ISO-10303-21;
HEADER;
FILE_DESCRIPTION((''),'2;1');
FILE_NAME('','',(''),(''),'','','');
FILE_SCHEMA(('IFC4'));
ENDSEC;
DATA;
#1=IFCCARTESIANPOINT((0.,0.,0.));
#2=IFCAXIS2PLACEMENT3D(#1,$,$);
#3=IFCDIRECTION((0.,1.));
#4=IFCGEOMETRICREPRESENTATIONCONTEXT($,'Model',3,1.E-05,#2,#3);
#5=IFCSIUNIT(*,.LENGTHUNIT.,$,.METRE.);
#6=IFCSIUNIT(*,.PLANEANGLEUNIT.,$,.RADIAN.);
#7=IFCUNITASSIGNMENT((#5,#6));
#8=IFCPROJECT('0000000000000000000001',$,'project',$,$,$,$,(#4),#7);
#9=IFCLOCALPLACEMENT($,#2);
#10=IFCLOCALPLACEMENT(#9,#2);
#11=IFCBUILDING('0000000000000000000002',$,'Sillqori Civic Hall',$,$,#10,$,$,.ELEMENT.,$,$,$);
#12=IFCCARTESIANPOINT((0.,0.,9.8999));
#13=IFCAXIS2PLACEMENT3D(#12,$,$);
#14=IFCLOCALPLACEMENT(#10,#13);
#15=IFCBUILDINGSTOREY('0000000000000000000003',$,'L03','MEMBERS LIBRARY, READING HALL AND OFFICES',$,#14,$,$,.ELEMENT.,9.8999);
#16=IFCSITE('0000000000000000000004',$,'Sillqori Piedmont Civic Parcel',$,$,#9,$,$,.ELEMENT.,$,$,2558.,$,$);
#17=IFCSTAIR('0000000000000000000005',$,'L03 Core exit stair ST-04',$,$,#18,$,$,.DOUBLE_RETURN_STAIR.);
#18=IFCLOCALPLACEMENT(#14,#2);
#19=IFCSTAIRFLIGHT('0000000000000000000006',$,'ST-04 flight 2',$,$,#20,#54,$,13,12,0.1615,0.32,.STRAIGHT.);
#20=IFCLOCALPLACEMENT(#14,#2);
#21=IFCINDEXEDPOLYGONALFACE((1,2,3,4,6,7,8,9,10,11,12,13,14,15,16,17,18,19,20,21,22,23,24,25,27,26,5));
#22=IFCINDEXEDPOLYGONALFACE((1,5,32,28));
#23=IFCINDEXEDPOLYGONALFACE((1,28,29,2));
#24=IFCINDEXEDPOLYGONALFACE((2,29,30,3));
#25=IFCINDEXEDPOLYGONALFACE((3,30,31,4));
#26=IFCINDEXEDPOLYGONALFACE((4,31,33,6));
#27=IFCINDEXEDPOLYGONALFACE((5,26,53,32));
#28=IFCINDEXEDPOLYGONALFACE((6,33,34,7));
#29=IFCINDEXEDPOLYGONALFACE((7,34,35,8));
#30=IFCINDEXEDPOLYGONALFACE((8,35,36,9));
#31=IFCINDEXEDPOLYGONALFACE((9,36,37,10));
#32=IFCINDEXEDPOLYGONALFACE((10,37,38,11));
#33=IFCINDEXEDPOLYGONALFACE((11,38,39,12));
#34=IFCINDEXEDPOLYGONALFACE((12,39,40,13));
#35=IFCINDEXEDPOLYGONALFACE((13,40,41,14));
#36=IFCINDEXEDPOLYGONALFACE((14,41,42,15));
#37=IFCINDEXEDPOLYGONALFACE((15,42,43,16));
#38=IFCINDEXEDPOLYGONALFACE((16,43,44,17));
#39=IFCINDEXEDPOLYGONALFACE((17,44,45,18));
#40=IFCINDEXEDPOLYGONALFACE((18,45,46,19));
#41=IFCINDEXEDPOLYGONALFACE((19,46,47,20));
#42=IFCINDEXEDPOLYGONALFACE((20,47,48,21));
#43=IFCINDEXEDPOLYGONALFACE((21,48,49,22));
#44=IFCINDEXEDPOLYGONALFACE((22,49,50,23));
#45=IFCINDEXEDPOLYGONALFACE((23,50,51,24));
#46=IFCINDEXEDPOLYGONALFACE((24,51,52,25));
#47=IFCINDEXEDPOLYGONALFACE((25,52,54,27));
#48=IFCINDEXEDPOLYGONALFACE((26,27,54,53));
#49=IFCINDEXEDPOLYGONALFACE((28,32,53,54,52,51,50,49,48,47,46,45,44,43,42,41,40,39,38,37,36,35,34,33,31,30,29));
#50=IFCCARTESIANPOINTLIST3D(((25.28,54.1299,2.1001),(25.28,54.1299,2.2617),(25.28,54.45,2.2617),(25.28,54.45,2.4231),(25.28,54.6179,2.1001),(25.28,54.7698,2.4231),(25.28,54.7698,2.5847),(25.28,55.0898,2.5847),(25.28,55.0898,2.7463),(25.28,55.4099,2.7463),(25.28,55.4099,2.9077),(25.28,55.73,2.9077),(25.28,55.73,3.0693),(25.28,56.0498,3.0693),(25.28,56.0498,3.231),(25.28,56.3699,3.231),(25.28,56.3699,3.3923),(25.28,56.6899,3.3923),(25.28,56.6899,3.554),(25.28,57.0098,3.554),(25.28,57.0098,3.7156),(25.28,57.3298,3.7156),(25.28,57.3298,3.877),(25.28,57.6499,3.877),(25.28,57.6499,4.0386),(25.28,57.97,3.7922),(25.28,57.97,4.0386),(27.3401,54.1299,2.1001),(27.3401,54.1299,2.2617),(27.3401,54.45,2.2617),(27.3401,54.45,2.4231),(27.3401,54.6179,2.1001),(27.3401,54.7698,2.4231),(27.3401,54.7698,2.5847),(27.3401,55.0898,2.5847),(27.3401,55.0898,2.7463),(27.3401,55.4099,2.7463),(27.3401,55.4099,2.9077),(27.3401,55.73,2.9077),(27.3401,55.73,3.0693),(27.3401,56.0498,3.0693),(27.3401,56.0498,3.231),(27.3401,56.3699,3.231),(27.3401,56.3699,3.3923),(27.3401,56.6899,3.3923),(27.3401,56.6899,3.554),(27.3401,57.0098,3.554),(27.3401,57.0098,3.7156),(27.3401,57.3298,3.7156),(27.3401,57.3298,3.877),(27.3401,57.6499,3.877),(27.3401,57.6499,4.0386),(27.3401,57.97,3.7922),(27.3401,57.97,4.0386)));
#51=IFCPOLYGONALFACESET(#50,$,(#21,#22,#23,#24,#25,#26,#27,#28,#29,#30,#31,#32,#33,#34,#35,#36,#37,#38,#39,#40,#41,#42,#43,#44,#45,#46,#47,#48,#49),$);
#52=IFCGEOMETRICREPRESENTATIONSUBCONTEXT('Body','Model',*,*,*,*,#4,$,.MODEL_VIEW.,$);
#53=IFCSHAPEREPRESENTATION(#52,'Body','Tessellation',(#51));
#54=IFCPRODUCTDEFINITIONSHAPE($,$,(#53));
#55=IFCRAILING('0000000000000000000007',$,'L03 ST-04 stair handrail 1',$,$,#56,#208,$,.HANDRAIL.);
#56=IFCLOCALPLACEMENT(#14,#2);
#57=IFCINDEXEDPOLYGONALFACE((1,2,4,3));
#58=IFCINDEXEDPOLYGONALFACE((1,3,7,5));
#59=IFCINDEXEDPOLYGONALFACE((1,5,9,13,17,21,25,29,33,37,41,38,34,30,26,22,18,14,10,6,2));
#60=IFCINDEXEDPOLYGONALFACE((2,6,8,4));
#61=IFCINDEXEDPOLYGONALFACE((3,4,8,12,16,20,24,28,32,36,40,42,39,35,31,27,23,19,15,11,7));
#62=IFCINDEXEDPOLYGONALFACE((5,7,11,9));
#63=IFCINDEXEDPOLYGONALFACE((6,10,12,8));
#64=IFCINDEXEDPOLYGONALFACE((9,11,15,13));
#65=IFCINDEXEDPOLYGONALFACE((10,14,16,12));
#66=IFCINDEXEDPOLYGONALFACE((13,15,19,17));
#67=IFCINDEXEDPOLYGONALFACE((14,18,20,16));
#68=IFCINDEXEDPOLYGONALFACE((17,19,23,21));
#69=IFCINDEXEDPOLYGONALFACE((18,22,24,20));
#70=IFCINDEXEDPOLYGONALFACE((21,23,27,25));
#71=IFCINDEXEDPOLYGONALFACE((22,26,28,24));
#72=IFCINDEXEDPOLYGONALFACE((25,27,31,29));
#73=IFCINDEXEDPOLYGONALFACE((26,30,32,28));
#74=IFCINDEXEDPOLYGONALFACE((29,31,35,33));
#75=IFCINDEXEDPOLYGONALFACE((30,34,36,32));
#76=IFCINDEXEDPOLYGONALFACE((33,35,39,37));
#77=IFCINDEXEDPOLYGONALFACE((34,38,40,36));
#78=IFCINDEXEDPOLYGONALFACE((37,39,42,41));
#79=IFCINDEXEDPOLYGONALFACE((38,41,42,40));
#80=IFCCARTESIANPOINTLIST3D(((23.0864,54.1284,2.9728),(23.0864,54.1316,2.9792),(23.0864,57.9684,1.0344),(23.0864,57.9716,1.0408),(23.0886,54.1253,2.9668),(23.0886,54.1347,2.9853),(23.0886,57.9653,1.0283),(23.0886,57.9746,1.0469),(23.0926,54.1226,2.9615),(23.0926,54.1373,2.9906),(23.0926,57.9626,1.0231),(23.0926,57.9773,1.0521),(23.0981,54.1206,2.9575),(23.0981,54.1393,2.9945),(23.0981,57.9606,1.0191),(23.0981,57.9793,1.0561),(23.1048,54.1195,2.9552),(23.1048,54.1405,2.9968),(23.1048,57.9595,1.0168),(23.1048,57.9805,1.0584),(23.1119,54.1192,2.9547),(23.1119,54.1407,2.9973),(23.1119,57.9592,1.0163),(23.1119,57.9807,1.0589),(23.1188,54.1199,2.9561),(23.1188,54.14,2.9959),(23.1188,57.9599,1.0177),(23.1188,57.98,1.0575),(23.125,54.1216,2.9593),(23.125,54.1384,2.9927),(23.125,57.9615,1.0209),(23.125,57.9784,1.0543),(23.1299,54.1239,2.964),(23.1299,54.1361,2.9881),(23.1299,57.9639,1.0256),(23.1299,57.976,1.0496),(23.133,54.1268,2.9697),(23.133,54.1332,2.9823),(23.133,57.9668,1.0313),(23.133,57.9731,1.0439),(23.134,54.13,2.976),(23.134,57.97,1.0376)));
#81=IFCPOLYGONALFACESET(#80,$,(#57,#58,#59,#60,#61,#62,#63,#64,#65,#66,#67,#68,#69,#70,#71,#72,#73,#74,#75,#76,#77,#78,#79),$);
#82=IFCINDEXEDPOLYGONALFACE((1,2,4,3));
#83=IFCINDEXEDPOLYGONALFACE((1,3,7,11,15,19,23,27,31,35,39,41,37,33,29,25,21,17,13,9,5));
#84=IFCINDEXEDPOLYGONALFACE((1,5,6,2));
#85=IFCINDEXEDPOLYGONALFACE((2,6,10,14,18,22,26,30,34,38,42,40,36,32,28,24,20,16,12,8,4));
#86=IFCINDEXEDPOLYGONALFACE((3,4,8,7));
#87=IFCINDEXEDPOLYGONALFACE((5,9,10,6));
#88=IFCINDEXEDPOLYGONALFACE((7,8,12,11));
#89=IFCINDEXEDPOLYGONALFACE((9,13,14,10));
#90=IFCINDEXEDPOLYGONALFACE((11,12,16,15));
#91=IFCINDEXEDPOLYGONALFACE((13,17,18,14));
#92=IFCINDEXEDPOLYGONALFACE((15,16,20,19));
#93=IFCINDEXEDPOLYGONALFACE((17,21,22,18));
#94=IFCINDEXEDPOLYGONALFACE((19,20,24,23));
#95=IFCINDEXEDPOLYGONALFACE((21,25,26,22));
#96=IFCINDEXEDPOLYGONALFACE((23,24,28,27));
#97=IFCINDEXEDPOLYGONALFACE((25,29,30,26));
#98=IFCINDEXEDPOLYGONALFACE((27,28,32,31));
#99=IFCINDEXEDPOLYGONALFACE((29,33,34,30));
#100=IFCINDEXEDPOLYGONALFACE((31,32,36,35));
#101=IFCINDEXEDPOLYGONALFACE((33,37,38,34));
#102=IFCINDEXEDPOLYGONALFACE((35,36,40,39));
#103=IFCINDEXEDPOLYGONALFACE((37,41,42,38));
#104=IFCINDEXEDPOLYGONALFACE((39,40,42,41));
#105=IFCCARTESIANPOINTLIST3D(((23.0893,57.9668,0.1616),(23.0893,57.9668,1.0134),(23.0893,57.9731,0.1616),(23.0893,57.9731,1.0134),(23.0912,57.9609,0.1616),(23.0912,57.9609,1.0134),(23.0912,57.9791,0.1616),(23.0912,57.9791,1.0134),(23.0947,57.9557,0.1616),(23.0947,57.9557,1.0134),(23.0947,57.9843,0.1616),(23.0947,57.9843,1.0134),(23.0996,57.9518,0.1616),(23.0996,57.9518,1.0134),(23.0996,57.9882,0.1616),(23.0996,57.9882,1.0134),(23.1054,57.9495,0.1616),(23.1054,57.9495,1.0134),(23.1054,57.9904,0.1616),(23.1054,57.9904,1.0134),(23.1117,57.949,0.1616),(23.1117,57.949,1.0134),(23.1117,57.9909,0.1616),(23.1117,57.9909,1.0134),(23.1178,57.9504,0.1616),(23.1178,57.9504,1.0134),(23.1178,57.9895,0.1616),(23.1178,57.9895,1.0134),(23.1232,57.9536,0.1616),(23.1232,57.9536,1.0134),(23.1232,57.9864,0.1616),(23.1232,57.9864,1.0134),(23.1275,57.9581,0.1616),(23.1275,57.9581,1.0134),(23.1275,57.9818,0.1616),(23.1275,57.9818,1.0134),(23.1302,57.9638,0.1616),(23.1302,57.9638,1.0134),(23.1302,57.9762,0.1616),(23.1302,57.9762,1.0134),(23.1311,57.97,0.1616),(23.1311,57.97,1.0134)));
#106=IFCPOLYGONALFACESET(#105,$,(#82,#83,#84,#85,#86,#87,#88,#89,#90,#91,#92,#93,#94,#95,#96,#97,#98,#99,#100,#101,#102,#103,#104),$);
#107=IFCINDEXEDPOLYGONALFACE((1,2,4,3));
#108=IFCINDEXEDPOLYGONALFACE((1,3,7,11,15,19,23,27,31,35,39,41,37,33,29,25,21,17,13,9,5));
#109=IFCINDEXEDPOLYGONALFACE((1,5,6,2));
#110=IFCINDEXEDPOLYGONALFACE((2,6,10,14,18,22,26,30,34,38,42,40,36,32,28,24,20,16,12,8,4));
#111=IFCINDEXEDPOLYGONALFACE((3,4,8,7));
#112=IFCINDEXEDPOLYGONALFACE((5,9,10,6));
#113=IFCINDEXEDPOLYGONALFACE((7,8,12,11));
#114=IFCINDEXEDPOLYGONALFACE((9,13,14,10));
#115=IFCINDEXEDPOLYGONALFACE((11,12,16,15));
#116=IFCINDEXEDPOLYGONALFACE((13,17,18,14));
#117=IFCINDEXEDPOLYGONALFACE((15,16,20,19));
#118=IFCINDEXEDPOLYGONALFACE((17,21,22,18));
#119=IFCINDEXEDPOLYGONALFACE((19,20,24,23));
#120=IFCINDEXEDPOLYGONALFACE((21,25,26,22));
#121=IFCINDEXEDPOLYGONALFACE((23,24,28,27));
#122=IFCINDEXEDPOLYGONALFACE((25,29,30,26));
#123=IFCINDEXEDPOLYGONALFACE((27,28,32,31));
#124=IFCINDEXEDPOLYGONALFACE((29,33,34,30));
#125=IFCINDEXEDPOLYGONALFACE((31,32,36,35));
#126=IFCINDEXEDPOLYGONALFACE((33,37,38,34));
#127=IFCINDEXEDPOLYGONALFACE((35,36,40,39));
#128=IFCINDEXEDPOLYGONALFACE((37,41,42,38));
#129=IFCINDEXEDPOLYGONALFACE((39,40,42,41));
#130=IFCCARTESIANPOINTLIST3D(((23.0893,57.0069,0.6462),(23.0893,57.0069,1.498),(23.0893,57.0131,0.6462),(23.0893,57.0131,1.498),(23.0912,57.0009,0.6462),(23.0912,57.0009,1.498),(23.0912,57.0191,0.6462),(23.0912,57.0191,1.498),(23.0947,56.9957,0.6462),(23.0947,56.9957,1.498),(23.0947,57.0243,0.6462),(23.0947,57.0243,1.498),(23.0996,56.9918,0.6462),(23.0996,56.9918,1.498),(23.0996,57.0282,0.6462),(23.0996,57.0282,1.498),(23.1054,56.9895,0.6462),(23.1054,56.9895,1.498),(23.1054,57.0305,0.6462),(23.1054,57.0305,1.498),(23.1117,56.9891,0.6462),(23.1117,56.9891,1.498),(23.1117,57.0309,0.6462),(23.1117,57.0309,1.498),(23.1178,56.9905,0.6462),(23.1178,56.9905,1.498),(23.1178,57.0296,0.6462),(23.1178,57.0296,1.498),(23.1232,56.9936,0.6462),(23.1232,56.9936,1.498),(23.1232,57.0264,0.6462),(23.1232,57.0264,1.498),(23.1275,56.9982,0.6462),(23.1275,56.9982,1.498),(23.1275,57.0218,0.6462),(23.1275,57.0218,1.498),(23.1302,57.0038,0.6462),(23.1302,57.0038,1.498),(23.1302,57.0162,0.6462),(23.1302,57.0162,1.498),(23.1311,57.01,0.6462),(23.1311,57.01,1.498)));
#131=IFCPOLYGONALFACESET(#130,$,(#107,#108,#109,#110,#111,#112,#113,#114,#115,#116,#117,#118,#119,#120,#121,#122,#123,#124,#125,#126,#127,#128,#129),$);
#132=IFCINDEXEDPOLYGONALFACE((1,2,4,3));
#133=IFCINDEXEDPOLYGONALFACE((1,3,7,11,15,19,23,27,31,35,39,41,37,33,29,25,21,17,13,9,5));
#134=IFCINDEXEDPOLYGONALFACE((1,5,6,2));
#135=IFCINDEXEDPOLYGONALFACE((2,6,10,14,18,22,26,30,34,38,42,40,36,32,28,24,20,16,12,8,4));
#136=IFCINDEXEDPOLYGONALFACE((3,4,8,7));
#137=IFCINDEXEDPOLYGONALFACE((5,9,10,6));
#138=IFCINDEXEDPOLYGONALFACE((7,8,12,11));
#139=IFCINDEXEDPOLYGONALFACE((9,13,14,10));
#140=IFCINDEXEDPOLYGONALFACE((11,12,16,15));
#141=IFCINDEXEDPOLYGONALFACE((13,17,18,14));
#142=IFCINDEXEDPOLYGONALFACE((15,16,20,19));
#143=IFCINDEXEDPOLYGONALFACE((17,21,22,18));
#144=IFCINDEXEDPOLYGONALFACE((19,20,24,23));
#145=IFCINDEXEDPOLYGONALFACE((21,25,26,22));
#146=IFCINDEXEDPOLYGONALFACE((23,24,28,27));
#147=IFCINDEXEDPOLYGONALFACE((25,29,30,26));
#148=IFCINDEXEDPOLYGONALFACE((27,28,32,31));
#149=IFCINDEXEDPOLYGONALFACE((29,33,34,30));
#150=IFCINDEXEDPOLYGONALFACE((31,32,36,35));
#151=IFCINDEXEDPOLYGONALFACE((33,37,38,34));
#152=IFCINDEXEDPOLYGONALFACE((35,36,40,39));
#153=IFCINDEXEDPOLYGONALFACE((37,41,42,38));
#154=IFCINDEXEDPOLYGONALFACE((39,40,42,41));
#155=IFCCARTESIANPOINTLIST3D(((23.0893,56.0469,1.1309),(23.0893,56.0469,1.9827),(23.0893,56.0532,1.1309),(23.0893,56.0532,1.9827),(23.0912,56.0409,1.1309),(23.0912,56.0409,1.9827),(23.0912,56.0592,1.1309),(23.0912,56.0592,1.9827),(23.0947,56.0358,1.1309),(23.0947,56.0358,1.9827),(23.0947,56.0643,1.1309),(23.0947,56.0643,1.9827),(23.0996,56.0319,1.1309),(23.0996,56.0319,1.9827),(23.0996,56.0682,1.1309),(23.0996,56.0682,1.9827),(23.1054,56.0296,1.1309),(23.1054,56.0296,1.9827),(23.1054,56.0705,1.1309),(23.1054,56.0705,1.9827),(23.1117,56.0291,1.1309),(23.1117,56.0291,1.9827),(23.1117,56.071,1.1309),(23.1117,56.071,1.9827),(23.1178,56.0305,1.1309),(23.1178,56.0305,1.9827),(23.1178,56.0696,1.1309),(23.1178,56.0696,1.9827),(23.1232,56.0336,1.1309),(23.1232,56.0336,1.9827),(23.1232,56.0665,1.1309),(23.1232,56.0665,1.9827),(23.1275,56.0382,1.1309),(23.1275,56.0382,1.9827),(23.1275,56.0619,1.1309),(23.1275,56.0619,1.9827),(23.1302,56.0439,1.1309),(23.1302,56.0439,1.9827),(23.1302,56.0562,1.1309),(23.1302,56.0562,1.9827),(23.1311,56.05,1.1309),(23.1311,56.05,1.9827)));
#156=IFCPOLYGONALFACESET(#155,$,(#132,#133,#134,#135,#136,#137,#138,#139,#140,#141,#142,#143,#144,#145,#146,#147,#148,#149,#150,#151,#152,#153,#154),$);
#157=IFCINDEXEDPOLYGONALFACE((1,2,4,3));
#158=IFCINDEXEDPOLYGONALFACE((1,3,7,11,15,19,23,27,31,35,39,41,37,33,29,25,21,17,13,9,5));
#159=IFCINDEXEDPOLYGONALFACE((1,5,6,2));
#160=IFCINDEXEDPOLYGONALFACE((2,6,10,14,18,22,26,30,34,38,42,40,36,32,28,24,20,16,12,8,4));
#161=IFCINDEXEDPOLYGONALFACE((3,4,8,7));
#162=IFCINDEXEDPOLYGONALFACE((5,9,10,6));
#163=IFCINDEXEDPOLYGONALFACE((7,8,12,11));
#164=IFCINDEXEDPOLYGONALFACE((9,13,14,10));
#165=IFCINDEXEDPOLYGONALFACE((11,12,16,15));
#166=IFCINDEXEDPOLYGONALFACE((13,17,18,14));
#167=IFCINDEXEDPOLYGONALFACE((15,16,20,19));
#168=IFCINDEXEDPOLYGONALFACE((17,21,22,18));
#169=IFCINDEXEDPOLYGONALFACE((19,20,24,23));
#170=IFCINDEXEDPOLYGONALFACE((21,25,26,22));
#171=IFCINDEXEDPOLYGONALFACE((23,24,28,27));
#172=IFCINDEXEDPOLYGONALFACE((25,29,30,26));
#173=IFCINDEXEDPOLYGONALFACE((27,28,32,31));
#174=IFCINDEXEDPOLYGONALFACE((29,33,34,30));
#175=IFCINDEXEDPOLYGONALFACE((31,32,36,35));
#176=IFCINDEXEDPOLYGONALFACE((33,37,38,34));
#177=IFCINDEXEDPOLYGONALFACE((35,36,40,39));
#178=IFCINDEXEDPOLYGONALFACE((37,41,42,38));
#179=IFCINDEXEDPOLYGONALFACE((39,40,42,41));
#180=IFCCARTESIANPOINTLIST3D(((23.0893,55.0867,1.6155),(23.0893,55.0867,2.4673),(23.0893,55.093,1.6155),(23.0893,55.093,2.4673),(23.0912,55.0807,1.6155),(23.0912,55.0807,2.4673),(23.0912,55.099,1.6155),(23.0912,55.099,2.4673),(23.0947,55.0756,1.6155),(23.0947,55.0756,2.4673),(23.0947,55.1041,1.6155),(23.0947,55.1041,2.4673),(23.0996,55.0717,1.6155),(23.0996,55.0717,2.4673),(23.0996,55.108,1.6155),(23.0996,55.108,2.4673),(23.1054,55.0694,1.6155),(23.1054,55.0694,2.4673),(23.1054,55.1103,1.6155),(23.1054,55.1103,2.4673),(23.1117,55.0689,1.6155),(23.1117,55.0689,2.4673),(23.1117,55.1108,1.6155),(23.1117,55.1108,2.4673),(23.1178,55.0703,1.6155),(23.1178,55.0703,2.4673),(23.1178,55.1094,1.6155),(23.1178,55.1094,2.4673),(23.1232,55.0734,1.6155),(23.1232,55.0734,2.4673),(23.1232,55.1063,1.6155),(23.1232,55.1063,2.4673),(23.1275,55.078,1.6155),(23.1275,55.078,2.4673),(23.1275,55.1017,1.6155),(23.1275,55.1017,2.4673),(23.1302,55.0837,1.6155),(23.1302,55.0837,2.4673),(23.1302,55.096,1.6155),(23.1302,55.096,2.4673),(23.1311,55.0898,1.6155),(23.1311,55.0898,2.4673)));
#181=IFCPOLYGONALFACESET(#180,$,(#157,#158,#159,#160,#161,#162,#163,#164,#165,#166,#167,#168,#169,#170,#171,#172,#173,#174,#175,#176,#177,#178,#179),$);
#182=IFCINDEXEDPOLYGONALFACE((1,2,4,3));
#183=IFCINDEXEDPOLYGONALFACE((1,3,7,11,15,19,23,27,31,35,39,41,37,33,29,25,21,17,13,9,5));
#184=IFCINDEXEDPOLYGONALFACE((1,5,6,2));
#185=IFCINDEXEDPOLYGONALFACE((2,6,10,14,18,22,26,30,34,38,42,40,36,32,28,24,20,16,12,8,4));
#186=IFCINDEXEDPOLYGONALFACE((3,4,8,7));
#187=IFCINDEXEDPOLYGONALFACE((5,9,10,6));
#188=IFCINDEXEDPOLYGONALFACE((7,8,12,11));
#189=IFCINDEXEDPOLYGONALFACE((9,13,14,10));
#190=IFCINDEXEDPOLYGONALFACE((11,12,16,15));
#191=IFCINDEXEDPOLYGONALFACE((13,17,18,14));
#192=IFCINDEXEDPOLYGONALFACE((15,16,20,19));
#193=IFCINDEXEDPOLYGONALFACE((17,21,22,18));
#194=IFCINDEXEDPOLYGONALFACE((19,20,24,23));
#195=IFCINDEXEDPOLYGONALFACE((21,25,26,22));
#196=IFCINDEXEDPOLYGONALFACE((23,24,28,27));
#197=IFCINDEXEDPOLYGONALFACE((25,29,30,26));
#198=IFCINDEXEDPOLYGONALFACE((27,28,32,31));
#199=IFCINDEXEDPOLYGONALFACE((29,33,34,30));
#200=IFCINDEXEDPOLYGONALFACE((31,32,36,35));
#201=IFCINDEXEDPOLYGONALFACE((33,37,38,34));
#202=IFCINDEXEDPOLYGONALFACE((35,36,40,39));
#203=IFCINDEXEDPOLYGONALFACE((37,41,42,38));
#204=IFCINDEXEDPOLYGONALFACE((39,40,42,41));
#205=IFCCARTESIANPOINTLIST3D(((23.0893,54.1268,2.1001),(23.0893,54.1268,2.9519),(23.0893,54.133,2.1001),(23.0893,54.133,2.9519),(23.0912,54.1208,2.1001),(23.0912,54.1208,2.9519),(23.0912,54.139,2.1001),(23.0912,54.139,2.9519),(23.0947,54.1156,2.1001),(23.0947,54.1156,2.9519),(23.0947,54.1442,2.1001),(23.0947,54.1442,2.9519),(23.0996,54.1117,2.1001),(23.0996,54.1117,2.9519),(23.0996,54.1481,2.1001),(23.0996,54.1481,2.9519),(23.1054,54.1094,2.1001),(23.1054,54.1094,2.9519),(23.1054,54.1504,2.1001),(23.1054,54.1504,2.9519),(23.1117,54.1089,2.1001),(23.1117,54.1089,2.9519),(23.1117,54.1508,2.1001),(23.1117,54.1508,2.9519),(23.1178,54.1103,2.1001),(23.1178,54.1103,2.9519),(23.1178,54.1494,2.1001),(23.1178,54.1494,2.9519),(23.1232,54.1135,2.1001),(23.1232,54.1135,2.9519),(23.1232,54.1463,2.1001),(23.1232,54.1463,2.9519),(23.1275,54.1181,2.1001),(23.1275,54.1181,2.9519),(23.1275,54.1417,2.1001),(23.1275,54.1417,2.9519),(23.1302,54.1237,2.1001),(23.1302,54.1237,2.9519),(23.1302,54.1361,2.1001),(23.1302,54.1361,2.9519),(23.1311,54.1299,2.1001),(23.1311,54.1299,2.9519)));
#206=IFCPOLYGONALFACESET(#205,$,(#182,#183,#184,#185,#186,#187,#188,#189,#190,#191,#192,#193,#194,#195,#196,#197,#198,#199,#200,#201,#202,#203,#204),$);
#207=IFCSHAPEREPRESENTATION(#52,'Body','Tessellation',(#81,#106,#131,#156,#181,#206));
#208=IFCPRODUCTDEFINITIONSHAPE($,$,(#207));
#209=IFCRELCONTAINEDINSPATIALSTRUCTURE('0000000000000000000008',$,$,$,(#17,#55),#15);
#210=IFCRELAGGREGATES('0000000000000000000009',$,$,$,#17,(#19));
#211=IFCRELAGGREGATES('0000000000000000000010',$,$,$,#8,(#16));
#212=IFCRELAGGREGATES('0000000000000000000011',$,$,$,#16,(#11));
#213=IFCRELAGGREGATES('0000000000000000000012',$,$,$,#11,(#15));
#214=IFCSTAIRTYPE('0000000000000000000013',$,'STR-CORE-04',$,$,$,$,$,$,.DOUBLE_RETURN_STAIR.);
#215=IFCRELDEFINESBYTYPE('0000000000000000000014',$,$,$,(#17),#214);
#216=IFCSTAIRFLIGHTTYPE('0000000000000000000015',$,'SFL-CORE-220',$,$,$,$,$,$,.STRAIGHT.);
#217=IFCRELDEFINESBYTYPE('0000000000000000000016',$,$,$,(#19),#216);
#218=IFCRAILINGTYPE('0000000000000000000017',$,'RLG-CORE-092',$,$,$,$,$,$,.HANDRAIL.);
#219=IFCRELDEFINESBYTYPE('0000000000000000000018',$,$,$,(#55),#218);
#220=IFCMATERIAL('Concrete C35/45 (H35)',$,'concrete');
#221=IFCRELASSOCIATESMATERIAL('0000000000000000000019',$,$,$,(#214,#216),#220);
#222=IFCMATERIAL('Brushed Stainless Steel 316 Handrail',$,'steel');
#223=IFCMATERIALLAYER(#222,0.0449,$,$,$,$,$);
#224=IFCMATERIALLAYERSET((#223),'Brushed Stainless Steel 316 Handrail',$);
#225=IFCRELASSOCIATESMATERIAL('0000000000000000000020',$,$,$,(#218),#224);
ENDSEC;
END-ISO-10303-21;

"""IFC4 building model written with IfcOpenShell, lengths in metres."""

from ifc_helpers import new_model, si_unit, direction, frame, origin, origin_2d, place, context, subcontext, project, spatial, polyline, circle, outline, extrude, material, layer, layer_set, type_object, element, aggregate, save


model = new_model("IFC4")

# Units and contexts
model_context = context("Model", 3, precision=1e-05, world=origin(), true_north=direction((0.0, 1.0)))
body_context = subcontext(model_context, "Body", "Model", "MODEL_VIEW")
ifc_project = project(units=[si_unit("LENGTHUNIT", "METRE"), si_unit("PLANEANGLEUNIT", "RADIAN")], contexts=[model_context])

# Site, building, storey
site_placement = place(None, origin())
site = spatial("IfcSite", under=ifc_project, at=site_placement, Name="Sillqori Piedmont Civic Parcel", CompositionType="ELEMENT", RefElevation=2558.0)
building_placement = place(site_placement, origin())
building = spatial("IfcBuilding", under=site, at=building_placement, Name="Sillqori Civic Hall", CompositionType="ELEMENT")
storey_placement = place(building_placement, frame((0.0, 0.0, 9.8999)))
storey = spatial("IfcBuildingStorey", under=building, at=storey_placement, Name="L03", Description="MEMBERS LIBRARY, READING HALL AND OFFICES", CompositionType="ELEMENT", Elevation=9.8999)

# Shared definitions
ifc_material_1 = material(Name="Concrete C35/45 (H35)", Category="concrete")

# Stair, stair flight
stair_type = type_object("IfcStairType", Name="STR-CORE-04", PredefinedType="DOUBLE_RETURN_STAIR", material=ifc_material_1)
stair_placement = place(storey_placement, origin())
stair = element("IfcStair", 1, at=stair_placement, inside=storey, type_object=stair_type, Name="L03 Core exit stair ST-04", PredefinedType="DOUBLE_RETURN_STAIR")
stair_flight_type = type_object("IfcStairFlightType", Name="SFL-CORE-220", PredefinedType="STRAIGHT", material=ifc_material_1)
stair_flight_1_placement = place(storey_placement, frame((26.3101, 54.1299, 2.1001), z_axis=(0.0, 0.0, 1.0), x_axis=(0.0, 1.0, 0.0)))
stair_flight_1 = element("IfcStairFlight", 2, at=stair_flight_1_placement, type_object=stair_flight_type, Name="ST-04 flight 2", NumberOfRisers=13, NumberOfTreads=12, PredefinedType="STRAIGHT", RiserHeight=0.1615, TreadLength=0.32, context=body_context, shape_type="SweptSolid", body=[
    extrude(outline(polyline([(0.0, 0.0), (0.0, 0.1616), (0.3201, 0.1616), (0.3201, 0.323), (0.6399, 0.323), (0.6399, 0.4846), (0.96, 0.4846), (0.96, 0.6462), (1.28, 0.6462), (1.28, 0.8076), (1.6001, 0.8076), (1.6001, 0.9692), (1.9199, 0.9692), (1.9199, 1.1309), (2.24, 1.1309), (2.24, 1.2922), (2.5601, 1.2922), (2.5601, 1.4539), (2.8799, 1.4539), (2.8799, 1.6155), (3.2, 1.6155), (3.2, 1.7769), (3.52, 1.7769), (3.52, 1.9385), (3.8401, 1.9385), (3.8401, 2.1001), (3.8401, 1.6921), (0.488, 0.0), (0.0, 0.0)])), frame((0.0, 1.03, 0.0), z_axis=(0.0, -1.0, 0.0), x_axis=(1.0, 0.0, 0.0)), (0.0, 0.0, 1.0), 2.0601),
])
aggregate(stair, [stair_flight_1])

# Railing
ifc_material_2 = material(Name="Brushed Stainless Steel 316 Handrail", Category="steel")
ifc_layer_1 = layer(ifc_material_2, 0.0449)
ifc_layer_set_1 = layer_set([ifc_layer_1], Name="Brushed Stainless Steel 316 Handrail")
railing_type_1 = type_object("IfcRailingType", Name="RLG-CORE-092", PredefinedType="HANDRAIL", material=ifc_layer_set_1)
railing_1_placement = place(storey_placement, frame((23.1101, 57.97, 0.1616)))
element("IfcRailing", 3, at=railing_1_placement, inside=storey, type_object=railing_type_1, Name="L03 ST-04 stair handrail 1", PredefinedType="HANDRAIL", context=body_context, shape_type="SweptSolid", body=[
    extrude(circle(Radius=0.0239, at=origin_2d()), frame((0.0, 0.0, 0.876), z_axis=(0.0, -0.892707, 0.450638), x_axis=(1.0, 0.0, 0.0)), (0.0, 0.0, 1.0), 4.3015),
    extrude(circle(Radius=0.021, at=origin_2d()), origin(), (0.0, 0.0, 1.0), 0.8518),
    extrude(circle(Radius=0.021, at=origin_2d()), frame((0.0, -0.96, 0.4846)), (0.0, 0.0, 1.0), 0.8518),
    extrude(circle(Radius=0.021, at=origin_2d()), frame((0.0, -1.9199, 0.9692)), (0.0, 0.0, 1.0), 0.8518),
    extrude(circle(Radius=0.021, at=origin_2d()), frame((0.0, -2.8801, 1.4539)), (0.0, 0.0, 1.0), 0.8518),
    extrude(circle(Radius=0.021, at=origin_2d()), frame((0.0, -3.8401, 1.9385)), (0.0, 0.0, 1.0), 0.8518),
])

save(model, "model.ifc")
